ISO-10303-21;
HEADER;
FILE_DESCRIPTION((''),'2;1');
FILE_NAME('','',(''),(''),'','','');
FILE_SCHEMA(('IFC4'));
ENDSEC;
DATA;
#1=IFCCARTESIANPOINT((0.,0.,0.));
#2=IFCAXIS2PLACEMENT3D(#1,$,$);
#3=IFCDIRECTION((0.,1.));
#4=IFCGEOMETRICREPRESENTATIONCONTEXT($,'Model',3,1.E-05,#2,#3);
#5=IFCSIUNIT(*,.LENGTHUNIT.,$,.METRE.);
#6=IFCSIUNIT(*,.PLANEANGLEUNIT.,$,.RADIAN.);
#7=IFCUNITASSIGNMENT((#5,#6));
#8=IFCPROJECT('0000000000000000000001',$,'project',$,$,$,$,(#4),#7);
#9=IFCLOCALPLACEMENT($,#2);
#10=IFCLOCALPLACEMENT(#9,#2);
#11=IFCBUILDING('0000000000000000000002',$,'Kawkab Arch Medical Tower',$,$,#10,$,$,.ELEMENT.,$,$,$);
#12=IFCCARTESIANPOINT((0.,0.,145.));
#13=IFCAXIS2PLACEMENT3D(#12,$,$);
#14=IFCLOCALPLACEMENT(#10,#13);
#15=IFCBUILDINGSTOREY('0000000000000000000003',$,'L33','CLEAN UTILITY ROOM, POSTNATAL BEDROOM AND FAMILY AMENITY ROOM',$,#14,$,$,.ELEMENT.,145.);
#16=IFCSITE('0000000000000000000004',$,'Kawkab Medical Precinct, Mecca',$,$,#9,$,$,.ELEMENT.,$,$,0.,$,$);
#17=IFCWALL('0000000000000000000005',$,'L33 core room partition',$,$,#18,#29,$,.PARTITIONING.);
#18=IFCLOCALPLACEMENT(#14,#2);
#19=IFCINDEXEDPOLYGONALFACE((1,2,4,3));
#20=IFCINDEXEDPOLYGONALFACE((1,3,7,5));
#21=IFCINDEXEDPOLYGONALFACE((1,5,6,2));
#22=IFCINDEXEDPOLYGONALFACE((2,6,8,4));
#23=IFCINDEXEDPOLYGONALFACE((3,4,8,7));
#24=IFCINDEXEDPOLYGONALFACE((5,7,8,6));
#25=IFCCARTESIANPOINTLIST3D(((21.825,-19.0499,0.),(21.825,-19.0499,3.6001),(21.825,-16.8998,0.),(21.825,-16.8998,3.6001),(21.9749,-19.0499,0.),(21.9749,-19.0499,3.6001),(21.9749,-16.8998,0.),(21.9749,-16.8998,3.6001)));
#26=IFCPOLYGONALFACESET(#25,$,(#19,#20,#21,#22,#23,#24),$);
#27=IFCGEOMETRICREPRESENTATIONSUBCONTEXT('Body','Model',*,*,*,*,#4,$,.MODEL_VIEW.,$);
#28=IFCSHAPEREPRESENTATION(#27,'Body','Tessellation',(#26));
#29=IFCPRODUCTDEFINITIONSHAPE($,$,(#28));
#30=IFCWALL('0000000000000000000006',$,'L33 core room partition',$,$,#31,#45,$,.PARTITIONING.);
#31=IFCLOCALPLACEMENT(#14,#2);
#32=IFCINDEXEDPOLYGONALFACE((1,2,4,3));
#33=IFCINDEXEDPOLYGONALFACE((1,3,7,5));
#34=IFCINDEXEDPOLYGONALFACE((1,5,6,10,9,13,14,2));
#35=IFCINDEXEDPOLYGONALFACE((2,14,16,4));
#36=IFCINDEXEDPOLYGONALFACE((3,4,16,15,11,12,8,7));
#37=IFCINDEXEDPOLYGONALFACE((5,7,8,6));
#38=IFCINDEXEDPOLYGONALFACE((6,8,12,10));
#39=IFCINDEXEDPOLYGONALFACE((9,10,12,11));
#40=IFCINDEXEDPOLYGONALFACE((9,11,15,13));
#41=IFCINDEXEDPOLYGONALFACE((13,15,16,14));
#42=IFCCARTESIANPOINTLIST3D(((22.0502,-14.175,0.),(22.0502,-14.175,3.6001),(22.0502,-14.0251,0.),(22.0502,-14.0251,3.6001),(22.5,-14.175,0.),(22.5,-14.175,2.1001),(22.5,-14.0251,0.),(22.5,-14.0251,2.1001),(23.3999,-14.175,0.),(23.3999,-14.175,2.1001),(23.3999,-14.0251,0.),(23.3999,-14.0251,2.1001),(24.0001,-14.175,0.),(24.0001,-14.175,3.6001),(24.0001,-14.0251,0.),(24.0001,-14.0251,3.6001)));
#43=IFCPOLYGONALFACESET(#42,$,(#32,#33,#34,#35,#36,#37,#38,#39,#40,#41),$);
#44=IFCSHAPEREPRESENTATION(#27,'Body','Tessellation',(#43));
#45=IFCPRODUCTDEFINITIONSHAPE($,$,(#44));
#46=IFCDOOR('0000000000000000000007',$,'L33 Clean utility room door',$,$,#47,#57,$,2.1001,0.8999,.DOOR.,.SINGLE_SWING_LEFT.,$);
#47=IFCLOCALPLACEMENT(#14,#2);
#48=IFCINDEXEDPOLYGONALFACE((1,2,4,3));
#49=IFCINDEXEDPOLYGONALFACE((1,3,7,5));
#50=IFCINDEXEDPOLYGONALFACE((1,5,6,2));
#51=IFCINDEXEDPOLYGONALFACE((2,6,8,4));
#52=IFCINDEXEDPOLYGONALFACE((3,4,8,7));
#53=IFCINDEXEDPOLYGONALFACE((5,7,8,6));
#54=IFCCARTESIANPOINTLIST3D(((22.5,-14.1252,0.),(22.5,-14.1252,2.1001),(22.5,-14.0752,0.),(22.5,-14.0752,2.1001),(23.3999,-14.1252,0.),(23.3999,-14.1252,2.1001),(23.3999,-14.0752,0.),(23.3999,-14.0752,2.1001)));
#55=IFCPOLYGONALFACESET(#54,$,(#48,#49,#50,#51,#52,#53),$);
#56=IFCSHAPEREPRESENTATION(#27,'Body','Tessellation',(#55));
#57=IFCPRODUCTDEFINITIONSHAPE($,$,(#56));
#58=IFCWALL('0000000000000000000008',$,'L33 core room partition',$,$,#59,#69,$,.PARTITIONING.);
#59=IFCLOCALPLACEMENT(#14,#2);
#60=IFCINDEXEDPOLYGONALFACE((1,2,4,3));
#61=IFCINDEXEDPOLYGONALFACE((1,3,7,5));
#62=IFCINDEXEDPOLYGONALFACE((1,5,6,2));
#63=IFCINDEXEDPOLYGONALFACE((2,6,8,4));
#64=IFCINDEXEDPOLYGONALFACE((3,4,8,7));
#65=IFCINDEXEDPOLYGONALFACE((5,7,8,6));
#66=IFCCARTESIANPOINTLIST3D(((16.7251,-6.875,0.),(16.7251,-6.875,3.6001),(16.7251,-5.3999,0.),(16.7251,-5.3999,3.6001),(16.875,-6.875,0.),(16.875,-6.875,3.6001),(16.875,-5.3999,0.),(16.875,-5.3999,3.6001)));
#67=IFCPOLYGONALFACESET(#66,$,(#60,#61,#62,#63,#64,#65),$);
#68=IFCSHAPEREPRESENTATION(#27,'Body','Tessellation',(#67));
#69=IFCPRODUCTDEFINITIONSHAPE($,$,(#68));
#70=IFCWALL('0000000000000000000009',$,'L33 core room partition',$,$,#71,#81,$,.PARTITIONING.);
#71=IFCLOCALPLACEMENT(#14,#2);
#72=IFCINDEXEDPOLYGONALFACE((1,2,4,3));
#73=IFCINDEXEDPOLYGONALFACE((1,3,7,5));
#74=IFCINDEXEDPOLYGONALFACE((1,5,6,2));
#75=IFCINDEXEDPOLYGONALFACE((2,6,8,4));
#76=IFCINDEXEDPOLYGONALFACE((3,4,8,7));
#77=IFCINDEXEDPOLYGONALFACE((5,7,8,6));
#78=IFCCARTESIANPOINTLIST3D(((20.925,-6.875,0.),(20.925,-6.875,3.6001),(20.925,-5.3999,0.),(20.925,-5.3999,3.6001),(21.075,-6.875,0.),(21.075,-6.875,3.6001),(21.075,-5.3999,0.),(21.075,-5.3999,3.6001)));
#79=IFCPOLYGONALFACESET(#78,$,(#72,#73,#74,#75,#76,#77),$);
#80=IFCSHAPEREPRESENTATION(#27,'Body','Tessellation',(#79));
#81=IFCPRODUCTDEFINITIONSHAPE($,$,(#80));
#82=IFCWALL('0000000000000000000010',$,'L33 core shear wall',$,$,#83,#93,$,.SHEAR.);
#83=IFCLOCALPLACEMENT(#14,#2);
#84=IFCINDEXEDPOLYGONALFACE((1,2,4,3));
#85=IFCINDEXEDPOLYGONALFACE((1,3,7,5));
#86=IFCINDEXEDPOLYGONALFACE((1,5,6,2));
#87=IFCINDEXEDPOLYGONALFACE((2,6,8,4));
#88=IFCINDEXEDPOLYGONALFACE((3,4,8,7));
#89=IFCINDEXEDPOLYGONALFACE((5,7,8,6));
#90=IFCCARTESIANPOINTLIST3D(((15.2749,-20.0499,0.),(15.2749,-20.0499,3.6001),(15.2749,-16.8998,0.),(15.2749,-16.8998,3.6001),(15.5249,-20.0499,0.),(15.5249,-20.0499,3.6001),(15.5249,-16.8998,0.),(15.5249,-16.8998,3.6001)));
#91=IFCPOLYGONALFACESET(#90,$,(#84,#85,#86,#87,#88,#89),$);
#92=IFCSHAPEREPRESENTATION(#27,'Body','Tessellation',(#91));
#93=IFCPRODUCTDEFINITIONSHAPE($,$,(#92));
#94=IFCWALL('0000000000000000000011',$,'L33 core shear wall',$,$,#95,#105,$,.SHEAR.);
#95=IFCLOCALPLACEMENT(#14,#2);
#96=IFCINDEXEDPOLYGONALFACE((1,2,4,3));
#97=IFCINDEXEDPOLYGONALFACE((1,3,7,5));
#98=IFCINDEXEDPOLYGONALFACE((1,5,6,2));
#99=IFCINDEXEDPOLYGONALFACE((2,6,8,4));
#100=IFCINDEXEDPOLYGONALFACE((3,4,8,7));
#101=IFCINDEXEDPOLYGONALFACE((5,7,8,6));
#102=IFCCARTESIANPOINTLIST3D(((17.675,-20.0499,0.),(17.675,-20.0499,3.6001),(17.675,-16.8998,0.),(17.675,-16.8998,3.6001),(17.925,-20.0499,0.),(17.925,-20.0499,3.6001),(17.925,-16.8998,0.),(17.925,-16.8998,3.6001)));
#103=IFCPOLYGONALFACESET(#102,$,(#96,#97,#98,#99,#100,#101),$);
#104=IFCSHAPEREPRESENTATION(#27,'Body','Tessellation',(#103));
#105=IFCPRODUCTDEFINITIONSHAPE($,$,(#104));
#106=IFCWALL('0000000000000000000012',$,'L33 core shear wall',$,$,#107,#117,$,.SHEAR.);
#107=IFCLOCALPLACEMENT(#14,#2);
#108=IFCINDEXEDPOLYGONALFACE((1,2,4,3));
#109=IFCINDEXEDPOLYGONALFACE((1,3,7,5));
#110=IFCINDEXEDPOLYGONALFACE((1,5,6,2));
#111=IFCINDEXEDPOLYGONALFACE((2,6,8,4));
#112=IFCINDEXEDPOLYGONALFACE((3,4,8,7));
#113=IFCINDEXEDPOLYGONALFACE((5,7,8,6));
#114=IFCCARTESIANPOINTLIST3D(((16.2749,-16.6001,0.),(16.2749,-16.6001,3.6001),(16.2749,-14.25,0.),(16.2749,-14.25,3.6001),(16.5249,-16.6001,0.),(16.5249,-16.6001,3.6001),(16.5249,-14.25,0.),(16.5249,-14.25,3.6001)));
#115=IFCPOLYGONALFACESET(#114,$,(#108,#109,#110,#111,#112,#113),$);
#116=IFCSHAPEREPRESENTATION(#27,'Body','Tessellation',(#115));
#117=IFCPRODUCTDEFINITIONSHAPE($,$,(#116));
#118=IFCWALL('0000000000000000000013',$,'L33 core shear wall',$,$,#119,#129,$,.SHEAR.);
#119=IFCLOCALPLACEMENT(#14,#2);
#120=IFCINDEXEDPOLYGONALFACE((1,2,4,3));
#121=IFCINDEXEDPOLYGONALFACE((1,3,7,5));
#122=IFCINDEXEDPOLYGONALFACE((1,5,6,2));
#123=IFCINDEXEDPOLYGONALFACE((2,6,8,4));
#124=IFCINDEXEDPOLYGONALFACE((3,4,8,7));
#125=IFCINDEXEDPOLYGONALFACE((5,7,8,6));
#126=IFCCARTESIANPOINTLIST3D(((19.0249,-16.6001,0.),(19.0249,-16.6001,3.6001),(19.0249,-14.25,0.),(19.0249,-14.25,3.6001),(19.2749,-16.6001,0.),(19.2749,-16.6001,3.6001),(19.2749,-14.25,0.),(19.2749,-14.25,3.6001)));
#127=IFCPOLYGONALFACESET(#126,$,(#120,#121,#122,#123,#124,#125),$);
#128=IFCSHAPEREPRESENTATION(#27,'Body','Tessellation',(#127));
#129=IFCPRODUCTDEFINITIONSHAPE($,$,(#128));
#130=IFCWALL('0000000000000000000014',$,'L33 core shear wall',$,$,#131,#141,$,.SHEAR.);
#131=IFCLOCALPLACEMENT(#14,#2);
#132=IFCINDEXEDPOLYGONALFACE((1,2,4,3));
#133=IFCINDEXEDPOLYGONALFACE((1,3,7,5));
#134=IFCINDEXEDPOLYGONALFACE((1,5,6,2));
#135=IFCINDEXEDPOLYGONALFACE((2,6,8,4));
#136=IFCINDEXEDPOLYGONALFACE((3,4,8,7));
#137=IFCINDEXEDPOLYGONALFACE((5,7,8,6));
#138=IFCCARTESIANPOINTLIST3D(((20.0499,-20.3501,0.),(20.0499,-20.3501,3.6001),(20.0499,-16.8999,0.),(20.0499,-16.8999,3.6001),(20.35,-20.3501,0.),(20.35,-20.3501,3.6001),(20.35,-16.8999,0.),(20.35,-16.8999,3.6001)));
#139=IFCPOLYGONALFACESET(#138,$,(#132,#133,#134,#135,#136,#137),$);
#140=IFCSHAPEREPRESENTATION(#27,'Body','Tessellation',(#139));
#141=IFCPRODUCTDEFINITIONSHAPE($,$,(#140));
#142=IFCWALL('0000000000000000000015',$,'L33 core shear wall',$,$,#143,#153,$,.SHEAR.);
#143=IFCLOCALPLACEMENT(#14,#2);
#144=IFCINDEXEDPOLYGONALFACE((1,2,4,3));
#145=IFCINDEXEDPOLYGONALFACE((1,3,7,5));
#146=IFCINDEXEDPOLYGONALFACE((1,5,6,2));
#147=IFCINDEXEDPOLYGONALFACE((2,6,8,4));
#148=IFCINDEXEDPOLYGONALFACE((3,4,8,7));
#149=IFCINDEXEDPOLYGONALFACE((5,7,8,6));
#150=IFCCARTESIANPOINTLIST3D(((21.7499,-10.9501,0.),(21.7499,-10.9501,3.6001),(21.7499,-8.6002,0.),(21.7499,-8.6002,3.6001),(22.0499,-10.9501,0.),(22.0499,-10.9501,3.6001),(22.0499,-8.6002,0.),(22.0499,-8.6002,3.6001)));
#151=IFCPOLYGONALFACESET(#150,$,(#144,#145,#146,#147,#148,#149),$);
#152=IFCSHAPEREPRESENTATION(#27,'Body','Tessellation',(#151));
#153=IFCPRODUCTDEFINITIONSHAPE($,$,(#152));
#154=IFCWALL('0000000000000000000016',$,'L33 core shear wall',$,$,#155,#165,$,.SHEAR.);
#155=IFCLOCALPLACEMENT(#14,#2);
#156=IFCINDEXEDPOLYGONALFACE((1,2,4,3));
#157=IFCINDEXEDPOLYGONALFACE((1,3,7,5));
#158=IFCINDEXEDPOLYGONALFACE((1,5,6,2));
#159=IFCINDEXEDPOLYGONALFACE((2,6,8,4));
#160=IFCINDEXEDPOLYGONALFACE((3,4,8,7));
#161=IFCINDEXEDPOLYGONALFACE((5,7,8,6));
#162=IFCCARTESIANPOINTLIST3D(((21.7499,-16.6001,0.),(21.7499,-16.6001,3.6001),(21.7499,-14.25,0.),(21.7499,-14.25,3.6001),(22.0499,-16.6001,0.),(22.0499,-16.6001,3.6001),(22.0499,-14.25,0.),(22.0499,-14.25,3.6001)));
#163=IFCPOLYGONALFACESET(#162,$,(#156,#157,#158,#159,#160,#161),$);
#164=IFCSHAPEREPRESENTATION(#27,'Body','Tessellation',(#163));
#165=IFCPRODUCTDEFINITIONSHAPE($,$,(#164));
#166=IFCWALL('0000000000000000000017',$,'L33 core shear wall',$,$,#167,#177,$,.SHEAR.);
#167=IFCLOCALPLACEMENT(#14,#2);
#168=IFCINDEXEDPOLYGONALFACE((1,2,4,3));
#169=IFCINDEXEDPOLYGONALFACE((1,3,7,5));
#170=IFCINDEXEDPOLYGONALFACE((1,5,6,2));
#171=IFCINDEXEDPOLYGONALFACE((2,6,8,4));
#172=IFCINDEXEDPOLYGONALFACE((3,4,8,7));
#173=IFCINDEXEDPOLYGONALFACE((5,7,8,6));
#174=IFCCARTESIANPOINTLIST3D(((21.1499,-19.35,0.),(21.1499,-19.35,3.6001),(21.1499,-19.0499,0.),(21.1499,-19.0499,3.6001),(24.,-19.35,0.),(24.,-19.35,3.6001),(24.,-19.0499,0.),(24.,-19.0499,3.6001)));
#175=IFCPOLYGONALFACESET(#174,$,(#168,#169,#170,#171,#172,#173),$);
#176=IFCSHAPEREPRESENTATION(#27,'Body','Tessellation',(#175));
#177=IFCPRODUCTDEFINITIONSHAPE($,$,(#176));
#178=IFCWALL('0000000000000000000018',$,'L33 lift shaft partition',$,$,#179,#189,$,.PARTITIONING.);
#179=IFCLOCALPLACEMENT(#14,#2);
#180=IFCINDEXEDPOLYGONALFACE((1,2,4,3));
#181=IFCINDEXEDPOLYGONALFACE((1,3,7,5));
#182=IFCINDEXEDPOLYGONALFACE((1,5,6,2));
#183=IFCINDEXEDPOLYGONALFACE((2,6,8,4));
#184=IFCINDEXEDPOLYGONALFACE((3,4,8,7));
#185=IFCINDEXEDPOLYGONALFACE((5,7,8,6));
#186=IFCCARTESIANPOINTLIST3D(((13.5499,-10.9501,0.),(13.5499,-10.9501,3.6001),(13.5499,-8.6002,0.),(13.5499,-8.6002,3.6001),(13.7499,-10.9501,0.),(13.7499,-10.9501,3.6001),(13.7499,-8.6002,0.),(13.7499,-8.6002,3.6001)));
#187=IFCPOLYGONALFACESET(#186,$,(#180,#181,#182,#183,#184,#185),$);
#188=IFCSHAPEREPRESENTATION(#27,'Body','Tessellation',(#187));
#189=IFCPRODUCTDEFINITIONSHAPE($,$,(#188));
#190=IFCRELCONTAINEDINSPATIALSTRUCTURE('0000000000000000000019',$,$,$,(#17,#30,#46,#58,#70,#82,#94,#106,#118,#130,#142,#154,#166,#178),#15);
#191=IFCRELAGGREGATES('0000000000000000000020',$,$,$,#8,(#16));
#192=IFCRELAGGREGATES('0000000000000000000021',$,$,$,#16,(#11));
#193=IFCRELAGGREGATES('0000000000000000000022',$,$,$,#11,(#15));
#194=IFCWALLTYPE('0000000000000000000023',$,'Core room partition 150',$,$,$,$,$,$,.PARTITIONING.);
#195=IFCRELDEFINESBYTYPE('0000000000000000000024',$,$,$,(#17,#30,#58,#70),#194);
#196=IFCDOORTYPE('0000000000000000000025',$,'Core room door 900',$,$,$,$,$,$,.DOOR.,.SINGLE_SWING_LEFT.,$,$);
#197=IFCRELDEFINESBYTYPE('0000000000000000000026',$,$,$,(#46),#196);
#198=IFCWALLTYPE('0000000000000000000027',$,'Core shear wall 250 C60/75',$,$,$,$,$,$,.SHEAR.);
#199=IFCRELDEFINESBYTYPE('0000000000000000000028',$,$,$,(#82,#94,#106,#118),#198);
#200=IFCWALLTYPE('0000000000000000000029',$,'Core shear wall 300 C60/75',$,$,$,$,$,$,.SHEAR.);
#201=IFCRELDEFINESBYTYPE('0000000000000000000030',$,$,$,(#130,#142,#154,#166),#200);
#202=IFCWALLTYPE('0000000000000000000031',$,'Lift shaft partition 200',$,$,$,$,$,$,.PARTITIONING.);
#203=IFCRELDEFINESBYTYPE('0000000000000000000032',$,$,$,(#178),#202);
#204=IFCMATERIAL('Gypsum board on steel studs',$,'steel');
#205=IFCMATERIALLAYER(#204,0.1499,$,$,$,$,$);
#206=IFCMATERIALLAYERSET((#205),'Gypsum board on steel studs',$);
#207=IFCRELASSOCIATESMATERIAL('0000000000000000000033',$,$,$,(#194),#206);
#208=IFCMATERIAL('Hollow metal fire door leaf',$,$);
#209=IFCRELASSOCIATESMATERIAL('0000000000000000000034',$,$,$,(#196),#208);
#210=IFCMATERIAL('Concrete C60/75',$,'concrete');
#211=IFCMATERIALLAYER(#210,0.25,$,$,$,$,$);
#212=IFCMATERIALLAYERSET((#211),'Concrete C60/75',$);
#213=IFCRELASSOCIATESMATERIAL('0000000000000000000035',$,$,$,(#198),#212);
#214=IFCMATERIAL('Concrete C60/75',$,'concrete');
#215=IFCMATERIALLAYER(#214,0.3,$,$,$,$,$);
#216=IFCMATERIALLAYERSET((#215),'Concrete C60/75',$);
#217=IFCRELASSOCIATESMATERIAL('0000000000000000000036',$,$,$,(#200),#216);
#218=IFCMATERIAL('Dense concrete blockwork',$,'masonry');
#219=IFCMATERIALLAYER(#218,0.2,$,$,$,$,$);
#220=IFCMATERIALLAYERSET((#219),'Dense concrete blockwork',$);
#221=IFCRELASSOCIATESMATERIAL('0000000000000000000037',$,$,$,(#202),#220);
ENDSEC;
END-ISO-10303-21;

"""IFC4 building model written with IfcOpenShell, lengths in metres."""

from ifc_helpers import new_model, si_unit, direction, frame, frame_2d, origin, place, context, subcontext, project, spatial, rectangle, extrude, material, layer, layer_set, type_object, element, fill, save


model = new_model("IFC4")

# Units and contexts
model_context = context("Model", 3, precision=1e-05, world=origin(), true_north=direction((0.0, 1.0)))
body_context = subcontext(model_context, "Body", "Model", "MODEL_VIEW")
ifc_project = project(units=[si_unit("LENGTHUNIT", "METRE"), si_unit("PLANEANGLEUNIT", "RADIAN")], contexts=[model_context])

# Site, building, storey
site_placement = place(None, origin())
site = spatial("IfcSite", under=ifc_project, at=site_placement, Name="Kawkab Medical Precinct, Mecca", CompositionType="ELEMENT", RefElevation=0.0)
building_placement = place(site_placement, origin())
building = spatial("IfcBuilding", under=site, at=building_placement, Name="Kawkab Arch Medical Tower", CompositionType="ELEMENT")
storey_placement = place(building_placement, frame((0.0, 0.0, 145.0)))
storey = spatial("IfcBuildingStorey", under=building, at=storey_placement, Name="L33", Description="CLEAN UTILITY ROOM, POSTNATAL BEDROOM AND FAMILY AMENITY ROOM", CompositionType="ELEMENT", Elevation=145.0)

# Wall
ifc_material_1 = material(Name="Gypsum board on steel studs", Category="steel")
ifc_layer_1 = layer(ifc_material_1, 0.1499)
ifc_layer_set_1 = layer_set([ifc_layer_1], Name="Gypsum board on steel studs")
wall_type_1 = type_object("IfcWallType", Name="Core room partition 150", PredefinedType="PARTITIONING", material=ifc_layer_set_1)
wall_1_placement = place(storey_placement, frame((21.8999, -19.05, 0.0), z_axis=(0.0, 0.0, 1.0), x_axis=(0.0, 1.0, 0.0)))
element("IfcWall", 1, at=wall_1_placement, inside=storey, type_object=wall_type_1, Name="L33 core room partition", PredefinedType="PARTITIONING", context=body_context, shape_type="SweptSolid", body=[
    extrude(rectangle(XDim=2.1501, YDim=0.1499, at=frame_2d((1.0752, 0.0))), origin(), (0.0, 0.0, 1.0), 3.6001),
])

# Wall, opening, door
wall_2_placement = place(storey_placement, frame((22.05, -14.1001, 0.0), z_axis=(0.0, 0.0, 1.0), x_axis=(1.0, 0.0, 0.0)))
wall_2 = element("IfcWall", 2, at=wall_2_placement, inside=storey, type_object=wall_type_1, Name="L33 core room partition", PredefinedType="PARTITIONING", context=body_context, shape_type="SweptSolid", body=[
    extrude(rectangle(XDim=1.95, YDim=0.1499, at=frame_2d((0.9751, 0.0))), origin(), (0.0, 0.0, 1.0), 3.6001),
])
opening_placement = place(wall_2_placement, frame((0.45, 0.0, 0.0)))
opening = element("IfcOpeningElement", 3, at=opening_placement, cuts=wall_2, PredefinedType="OPENING", context=body_context, shape_type="SweptSolid", body=[
    extrude(rectangle(XDim=0.8999, YDim=2.1001, at=frame_2d((0.45, 1.05))), frame((0.0, 0.085, 0.0), z_axis=(0.0, -1.0, 0.0), x_axis=(1.0, 0.0, 0.0)), (0.0, 0.0, 1.0), 0.1699),
])
ifc_material_2 = material(Name="Hollow metal fire door leaf")
door_type = type_object("IfcDoorType", Name="Core room door 900", OperationType="SINGLE_SWING_LEFT", PredefinedType="DOOR", material=ifc_material_2)
door_placement = place(opening_placement, origin())
door = element("IfcDoor", 4, at=door_placement, inside=storey, type_object=door_type, Name="L33 Clean utility room door", OperationType="SINGLE_SWING_LEFT", OverallHeight=2.1001, OverallWidth=0.8999, PredefinedType="DOOR", context=body_context, shape_type="SweptSolid", body=[
    extrude(rectangle(XDim=0.8999, YDim=2.1001, at=frame_2d((0.45, 1.05))), frame((0.0, 0.0249, 0.0), z_axis=(0.0, -1.0, 0.0), x_axis=(1.0, 0.0, 0.0)), (0.0, 0.0, 1.0), 0.05),
])
fill(opening, door)

# Walls
for number, where, z_axis, x_axis, name in (
    (5, (16.8, -6.875, 0.0), (0.0, 0.0, 1.0), (0.0, 1.0, 0.0), "L33 core room partition"),
    (6, (21.0, -6.875, 0.0), (0.0, 0.0, 1.0), (0.0, 1.0, 0.0), "L33 core room partition"),
):
    element("IfcWall", number, at=place(storey_placement, frame(where, z_axis=z_axis, x_axis=x_axis)), inside=storey, type_object=wall_type_1, Name=name, PredefinedType="PARTITIONING", context=body_context, shape_type="SweptSolid", body=[
        extrude(rectangle(XDim=1.4751, YDim=0.1499, at=frame_2d((0.7375, 0.0))), origin(), (0.0, 0.0, 1.0), 3.6001),
    ])
ifc_material_3 = material(Name="Concrete C60/75", Category="concrete")
ifc_layer_2 = layer(ifc_material_3, 0.25)
ifc_layer_set_2 = layer_set([ifc_layer_2], Name="Concrete C60/75")
wall_type_2 = type_object("IfcWallType", Name="Core shear wall 250 C60/75", PredefinedType="SHEAR", material=ifc_layer_set_2)
for number, where, z_axis, x_axis, name in (
    (7, (15.3999, -20.05, 0.0), (0.0, 0.0, 1.0), (0.0, 1.0, 0.0), "L33 core shear wall"),
    (8, (17.8, -20.05, 0.0), (0.0, 0.0, 1.0), (0.0, 1.0, 0.0), "L33 core shear wall"),
):
    element("IfcWall", number, at=place(storey_placement, frame(where, z_axis=z_axis, x_axis=x_axis)), inside=storey, type_object=wall_type_2, Name=name, PredefinedType="SHEAR", context=body_context, shape_type="SweptSolid", body=[
        extrude(rectangle(XDim=3.1501, YDim=0.25, at=frame_2d((1.5752, 0.0))), origin(), (0.0, 0.0, 1.0), 3.6001),
    ])
for number, where, z_axis, x_axis, name in (
    (9, (16.3999, -16.6001, 0.0), (0.0, 0.0, 1.0), (0.0, 1.0, 0.0), "L33 core shear wall"),
    (10, (19.1499, -16.6001, 0.0), (0.0, 0.0, 1.0), (0.0, 1.0, 0.0), "L33 core shear wall"),
):
    element("IfcWall", number, at=place(storey_placement, frame(where, z_axis=z_axis, x_axis=x_axis)), inside=storey, type_object=wall_type_2, Name=name, PredefinedType="SHEAR", context=body_context, shape_type="SweptSolid", body=[
        extrude(rectangle(XDim=2.3501, YDim=0.25, at=frame_2d((1.175, 0.0))), origin(), (0.0, 0.0, 1.0), 3.6001),
    ])
ifc_material_4 = material(Name="Concrete C60/75", Category="concrete")
ifc_layer_3 = layer(ifc_material_4, 0.3)
ifc_layer_set_3 = layer_set([ifc_layer_3], Name="Concrete C60/75")
wall_type_3 = type_object("IfcWallType", Name="Core shear wall 300 C60/75", PredefinedType="SHEAR", material=ifc_layer_set_3)
wall_3_placement = place(storey_placement, frame((20.2, -20.3501, 0.0), z_axis=(0.0, 0.0, 1.0), x_axis=(0.0, 1.0, 0.0)))
element("IfcWall", 11, at=wall_3_placement, inside=storey, type_object=wall_type_3, Name="L33 core shear wall", PredefinedType="SHEAR", context=body_context, shape_type="SweptSolid", body=[
    extrude(rectangle(XDim=3.4502, YDim=0.3, at=frame_2d((1.7251, 0.0))), origin(), (0.0, 0.0, 1.0), 3.6001),
])
wall_4_placement = place(storey_placement, frame((21.8999, -10.95, 0.0), z_axis=(0.0, 0.0, 1.0), x_axis=(0.0, 1.0, 0.0)))
element("IfcWall", 12, at=wall_4_placement, inside=storey, type_object=wall_type_3, Name="L33 core shear wall", PredefinedType="SHEAR", context=body_context, shape_type="SweptSolid", body=[
    extrude(rectangle(XDim=2.3499, YDim=0.3, at=frame_2d((1.1748, 0.0))), origin(), (0.0, 0.0, 1.0), 3.6001),
])
wall_5_placement = place(storey_placement, frame((21.8999, -16.6001, 0.0), z_axis=(0.0, 0.0, 1.0), x_axis=(0.0, 1.0, 0.0)))
element("IfcWall", 13, at=wall_5_placement, inside=storey, type_object=wall_type_3, Name="L33 core shear wall", PredefinedType="SHEAR", context=body_context, shape_type="SweptSolid", body=[
    extrude(rectangle(XDim=2.3501, YDim=0.3, at=frame_2d((1.175, 0.0))), origin(), (0.0, 0.0, 1.0), 3.6001),
])
wall_6_placement = place(storey_placement, frame((21.1499, -19.2, 0.0), z_axis=(0.0, 0.0, 1.0), x_axis=(1.0, 0.0, 0.0)))
element("IfcWall", 14, at=wall_6_placement, inside=storey, type_object=wall_type_3, Name="L33 core shear wall", PredefinedType="SHEAR", context=body_context, shape_type="SweptSolid", body=[
    extrude(rectangle(XDim=2.8501, YDim=0.3, at=frame_2d((1.425, 0.0))), origin(), (0.0, 0.0, 1.0), 3.6001),
])
ifc_material_5 = material(Name="Dense concrete blockwork", Category="masonry")
ifc_layer_4 = layer(ifc_material_5, 0.2)
ifc_layer_set_4 = layer_set([ifc_layer_4], Name="Dense concrete blockwork")
wall_type_4 = type_object("IfcWallType", Name="Lift shaft partition 200", PredefinedType="PARTITIONING", material=ifc_layer_set_4)
for number, where, z_axis, x_axis, name in (
    (15, (13.6499, -10.95, 0.0), (0.0, 0.0, 1.0), (0.0, 1.0, 0.0), "L33 lift shaft partition"),
):
    element("IfcWall", number, at=place(storey_placement, frame(where, z_axis=z_axis, x_axis=x_axis)), inside=storey, type_object=wall_type_4, Name=name, PredefinedType="PARTITIONING", context=body_context, shape_type="SweptSolid", body=[
        extrude(rectangle(XDim=2.3499, YDim=0.2, at=frame_2d((1.1748, 0.0))), origin(), (0.0, 0.0, 1.0), 3.6001),
    ])

save(model, "model.ifc")
